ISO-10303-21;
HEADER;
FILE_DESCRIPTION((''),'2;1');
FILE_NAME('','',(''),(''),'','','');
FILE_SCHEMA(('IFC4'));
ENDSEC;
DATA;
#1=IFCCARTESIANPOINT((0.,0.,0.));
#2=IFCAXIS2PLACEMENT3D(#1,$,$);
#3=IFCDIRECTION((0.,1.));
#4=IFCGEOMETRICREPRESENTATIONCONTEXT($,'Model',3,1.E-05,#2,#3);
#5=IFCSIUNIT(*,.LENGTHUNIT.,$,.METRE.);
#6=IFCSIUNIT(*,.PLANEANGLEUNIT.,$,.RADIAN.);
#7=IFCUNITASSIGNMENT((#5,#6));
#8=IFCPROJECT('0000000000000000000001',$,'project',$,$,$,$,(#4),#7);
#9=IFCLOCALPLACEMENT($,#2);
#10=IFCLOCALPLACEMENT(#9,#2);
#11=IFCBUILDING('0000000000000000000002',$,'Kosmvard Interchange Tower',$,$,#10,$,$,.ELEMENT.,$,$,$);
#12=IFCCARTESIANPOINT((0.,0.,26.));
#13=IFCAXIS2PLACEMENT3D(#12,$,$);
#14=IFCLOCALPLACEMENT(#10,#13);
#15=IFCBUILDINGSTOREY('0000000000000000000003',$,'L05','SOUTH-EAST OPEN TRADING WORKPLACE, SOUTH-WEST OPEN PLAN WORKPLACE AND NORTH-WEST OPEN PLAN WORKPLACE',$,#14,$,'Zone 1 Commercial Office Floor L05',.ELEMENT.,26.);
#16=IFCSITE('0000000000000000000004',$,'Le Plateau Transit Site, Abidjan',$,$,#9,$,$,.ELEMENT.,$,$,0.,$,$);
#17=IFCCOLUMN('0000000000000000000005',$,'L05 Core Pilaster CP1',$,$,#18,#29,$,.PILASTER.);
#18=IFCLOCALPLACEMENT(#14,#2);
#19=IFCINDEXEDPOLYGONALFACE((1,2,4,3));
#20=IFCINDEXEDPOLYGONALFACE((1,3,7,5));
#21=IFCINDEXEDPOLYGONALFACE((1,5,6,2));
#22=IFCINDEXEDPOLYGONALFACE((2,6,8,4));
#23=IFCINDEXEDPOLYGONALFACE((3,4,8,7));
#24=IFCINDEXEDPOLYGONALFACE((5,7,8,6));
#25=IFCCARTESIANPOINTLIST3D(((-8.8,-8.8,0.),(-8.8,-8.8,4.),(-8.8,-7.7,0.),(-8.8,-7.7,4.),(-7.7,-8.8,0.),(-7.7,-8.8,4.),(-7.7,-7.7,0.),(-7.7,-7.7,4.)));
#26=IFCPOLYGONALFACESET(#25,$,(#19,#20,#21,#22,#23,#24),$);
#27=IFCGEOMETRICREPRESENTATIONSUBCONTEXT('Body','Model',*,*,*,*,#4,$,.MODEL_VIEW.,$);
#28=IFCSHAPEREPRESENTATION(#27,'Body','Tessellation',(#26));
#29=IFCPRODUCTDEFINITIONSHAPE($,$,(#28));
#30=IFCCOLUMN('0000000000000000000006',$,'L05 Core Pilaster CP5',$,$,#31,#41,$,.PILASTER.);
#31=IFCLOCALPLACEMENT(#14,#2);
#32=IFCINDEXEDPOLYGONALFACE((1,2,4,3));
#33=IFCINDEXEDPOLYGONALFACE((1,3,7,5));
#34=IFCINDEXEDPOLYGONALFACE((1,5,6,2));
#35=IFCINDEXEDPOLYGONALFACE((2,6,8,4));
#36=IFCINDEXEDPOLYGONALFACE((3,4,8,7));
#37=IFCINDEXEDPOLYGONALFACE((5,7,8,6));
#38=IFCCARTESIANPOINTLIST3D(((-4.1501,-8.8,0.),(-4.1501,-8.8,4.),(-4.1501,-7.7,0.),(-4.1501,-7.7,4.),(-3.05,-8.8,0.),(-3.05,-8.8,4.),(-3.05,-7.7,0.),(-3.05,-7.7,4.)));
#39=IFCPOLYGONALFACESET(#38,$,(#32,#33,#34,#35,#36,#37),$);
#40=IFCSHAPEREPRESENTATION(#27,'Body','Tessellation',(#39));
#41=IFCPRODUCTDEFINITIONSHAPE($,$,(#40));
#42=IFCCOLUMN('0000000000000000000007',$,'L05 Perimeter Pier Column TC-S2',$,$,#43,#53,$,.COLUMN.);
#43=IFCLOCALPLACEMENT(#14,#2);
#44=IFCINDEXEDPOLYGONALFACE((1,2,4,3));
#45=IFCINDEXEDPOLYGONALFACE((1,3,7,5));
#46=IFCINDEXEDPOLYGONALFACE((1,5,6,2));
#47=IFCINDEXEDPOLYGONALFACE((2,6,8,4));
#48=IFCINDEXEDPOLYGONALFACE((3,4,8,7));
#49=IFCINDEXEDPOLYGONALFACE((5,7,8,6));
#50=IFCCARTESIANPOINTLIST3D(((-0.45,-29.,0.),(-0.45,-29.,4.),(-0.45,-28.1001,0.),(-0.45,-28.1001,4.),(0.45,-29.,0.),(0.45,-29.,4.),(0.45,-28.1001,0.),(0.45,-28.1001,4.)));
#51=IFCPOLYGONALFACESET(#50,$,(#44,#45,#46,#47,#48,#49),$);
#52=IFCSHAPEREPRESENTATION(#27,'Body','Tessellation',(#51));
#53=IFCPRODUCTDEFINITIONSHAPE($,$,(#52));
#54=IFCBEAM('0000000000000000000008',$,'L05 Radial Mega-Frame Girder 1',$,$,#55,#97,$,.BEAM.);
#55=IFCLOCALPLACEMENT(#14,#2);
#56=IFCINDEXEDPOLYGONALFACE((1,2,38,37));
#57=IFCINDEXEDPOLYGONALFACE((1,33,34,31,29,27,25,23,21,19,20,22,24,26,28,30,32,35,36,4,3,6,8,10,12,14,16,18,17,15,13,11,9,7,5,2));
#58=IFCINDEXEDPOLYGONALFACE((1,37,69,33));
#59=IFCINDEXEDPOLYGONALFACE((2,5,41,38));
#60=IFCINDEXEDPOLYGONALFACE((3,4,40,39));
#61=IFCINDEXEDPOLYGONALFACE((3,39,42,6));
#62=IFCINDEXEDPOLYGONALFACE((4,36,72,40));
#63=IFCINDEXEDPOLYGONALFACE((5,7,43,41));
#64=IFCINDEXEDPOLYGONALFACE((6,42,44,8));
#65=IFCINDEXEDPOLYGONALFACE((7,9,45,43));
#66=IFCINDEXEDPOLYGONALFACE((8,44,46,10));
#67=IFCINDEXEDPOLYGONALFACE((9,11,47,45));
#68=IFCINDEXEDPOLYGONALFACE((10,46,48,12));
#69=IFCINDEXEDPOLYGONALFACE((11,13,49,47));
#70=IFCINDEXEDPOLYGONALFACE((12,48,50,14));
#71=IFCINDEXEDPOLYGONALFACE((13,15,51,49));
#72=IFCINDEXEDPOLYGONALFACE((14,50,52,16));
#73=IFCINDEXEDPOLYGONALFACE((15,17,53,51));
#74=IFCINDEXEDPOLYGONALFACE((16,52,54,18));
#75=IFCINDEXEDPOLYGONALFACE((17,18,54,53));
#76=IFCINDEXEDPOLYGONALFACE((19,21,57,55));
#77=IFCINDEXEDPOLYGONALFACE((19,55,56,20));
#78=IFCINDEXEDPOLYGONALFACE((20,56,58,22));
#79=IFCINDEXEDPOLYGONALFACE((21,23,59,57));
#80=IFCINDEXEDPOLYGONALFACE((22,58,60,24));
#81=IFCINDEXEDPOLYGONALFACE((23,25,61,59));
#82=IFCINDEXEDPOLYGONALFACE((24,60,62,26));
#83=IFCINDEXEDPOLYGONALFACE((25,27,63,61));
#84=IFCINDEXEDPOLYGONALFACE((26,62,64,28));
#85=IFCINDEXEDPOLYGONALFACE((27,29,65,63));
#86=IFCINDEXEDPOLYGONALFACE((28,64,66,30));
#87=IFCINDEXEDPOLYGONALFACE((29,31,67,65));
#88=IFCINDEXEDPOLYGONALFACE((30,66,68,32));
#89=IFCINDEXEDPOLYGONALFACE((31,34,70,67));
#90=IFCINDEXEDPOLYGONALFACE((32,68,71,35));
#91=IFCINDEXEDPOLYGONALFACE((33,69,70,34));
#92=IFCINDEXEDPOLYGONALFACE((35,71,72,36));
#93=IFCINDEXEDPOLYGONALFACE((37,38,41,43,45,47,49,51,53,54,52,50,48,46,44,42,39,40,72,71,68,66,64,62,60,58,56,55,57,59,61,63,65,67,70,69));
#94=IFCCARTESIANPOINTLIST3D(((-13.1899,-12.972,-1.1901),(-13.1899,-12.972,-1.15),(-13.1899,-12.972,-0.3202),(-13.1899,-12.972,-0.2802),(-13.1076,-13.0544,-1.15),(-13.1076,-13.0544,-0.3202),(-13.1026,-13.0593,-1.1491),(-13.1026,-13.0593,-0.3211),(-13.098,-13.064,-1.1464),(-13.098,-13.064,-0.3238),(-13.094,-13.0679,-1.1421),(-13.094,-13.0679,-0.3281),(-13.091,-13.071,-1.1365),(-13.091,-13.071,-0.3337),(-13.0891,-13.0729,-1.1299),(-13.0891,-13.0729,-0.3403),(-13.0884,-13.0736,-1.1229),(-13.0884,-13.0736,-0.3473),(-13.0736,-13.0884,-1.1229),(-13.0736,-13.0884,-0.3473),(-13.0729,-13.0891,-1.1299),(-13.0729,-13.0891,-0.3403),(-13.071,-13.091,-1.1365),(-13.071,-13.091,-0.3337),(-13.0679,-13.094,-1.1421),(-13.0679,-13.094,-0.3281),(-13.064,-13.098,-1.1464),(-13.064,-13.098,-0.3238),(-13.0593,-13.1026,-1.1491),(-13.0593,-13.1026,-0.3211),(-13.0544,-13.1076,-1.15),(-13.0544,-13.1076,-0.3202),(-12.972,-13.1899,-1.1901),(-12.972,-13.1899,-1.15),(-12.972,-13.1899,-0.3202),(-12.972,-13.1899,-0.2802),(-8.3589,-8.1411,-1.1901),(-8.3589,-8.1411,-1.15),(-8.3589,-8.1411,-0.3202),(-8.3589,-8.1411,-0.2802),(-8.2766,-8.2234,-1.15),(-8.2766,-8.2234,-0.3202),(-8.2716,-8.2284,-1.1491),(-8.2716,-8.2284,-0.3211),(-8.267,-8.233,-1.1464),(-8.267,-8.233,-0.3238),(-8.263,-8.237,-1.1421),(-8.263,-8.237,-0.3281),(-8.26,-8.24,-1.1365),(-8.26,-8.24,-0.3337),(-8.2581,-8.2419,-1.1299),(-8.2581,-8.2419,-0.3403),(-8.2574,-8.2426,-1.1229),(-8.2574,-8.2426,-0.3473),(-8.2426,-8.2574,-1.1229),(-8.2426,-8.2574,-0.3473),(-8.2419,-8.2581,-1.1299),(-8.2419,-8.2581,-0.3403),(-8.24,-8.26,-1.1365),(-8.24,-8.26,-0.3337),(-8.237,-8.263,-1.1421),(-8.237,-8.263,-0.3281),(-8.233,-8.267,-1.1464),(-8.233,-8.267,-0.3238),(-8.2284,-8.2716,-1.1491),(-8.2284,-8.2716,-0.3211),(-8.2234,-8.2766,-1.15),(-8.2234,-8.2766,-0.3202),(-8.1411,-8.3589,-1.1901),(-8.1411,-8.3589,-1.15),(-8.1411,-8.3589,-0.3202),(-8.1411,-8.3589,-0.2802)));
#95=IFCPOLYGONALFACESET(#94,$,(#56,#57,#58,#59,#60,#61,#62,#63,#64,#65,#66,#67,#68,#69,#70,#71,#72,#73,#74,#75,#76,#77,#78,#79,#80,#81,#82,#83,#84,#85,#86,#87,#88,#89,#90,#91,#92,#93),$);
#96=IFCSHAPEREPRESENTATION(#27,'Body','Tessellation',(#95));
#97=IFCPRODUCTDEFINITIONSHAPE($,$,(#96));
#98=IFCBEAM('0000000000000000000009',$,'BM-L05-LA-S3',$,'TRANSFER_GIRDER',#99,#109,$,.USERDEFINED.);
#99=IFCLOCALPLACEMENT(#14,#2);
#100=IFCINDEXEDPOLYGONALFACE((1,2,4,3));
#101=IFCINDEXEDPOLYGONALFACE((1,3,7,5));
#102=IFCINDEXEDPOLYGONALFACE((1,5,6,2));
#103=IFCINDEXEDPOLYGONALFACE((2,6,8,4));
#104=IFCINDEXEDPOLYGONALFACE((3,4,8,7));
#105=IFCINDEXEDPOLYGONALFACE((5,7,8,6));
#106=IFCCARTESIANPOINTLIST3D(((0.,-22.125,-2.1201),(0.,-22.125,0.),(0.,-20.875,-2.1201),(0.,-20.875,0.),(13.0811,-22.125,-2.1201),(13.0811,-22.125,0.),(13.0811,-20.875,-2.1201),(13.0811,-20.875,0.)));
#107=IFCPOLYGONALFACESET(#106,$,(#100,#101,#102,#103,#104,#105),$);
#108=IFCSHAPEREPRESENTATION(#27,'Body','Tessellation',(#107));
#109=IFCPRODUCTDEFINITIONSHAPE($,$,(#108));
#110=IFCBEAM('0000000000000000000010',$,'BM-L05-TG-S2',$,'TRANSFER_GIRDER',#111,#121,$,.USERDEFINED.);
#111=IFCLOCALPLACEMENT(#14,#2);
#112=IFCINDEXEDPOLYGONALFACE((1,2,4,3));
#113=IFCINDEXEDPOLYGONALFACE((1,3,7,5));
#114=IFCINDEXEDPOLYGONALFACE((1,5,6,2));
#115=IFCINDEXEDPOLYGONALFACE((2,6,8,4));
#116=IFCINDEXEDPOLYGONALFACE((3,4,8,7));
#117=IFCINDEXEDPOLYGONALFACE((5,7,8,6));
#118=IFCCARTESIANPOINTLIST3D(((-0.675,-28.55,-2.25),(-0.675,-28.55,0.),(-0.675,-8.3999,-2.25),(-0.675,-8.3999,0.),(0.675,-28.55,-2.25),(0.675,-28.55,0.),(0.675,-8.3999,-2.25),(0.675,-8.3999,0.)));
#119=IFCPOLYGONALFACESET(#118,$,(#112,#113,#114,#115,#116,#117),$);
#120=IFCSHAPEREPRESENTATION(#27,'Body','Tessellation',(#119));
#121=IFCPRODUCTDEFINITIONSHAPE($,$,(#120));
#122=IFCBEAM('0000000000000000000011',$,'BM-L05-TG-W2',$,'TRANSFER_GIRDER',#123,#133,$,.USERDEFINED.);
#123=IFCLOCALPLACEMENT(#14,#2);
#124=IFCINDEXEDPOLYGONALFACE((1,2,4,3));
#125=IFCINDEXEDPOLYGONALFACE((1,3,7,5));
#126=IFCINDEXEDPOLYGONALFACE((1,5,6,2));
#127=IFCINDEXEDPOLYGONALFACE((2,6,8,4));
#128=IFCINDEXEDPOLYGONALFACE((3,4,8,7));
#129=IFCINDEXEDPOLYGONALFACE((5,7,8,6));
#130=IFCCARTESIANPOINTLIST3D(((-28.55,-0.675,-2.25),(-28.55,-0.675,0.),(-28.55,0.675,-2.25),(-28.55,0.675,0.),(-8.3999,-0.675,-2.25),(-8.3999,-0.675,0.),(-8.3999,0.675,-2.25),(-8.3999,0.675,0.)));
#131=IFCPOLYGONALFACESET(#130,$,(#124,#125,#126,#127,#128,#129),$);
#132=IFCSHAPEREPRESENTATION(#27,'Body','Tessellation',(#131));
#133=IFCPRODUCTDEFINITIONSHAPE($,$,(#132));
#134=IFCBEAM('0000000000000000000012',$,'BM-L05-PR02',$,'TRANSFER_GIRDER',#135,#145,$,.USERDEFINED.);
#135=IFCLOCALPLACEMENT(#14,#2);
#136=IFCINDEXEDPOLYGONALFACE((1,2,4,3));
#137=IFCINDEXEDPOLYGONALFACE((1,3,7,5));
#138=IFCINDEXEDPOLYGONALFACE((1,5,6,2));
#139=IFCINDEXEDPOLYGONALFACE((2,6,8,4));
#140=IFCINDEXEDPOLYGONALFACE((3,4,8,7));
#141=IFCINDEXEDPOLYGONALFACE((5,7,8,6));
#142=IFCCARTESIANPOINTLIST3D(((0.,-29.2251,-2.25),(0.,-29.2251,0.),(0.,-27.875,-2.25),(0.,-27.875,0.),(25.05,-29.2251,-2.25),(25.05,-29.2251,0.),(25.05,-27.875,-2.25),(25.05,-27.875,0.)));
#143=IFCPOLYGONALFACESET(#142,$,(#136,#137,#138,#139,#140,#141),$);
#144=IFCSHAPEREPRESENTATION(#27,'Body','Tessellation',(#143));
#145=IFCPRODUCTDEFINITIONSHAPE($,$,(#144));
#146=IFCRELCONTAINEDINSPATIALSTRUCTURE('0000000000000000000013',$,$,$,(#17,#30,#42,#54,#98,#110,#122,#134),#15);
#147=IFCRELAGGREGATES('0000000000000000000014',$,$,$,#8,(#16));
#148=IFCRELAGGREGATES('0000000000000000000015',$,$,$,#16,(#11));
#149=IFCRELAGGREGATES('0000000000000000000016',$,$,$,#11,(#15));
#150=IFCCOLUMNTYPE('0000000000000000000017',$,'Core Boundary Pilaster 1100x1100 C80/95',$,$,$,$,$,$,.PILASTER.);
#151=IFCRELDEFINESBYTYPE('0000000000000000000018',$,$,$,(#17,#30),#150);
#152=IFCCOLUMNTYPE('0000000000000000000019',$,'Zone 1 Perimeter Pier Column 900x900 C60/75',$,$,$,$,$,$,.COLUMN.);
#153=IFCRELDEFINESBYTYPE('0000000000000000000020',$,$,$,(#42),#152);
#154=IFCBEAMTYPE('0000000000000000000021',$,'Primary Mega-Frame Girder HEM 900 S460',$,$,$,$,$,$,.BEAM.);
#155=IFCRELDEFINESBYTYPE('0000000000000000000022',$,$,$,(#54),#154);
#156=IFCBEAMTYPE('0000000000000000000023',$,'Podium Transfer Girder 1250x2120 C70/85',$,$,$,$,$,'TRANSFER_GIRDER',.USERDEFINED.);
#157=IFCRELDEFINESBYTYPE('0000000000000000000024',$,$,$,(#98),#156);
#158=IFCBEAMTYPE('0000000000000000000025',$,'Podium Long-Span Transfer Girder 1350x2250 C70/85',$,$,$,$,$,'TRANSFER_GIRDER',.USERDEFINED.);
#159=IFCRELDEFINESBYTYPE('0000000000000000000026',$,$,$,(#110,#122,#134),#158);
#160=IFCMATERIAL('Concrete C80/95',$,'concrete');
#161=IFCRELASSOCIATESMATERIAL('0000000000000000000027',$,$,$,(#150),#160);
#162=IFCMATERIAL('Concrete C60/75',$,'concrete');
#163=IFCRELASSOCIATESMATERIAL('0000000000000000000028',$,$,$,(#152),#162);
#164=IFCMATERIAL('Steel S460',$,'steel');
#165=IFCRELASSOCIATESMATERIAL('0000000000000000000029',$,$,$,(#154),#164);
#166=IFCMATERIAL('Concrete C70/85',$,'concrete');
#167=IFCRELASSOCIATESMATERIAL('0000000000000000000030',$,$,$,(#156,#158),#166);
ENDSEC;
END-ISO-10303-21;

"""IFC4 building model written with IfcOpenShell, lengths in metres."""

from ifc_helpers import new_model, si_unit, direction, frame, origin, origin_2d, place, context, subcontext, project, spatial, rectangle, i_section, extrude, source, transform, mapped, material, material_profile, profile_set, type_object, element, save


model = new_model("IFC4")

# Units and contexts
model_context = context("Model", 3, precision=1e-05, world=origin(), true_north=direction((0.0, 1.0)))
body_context = subcontext(model_context, "Body", "Model", "MODEL_VIEW")
ifc_project = project(units=[si_unit("LENGTHUNIT", "METRE"), si_unit("PLANEANGLEUNIT", "RADIAN")], contexts=[model_context])

# Site, building, storey
site_placement = place(None, origin())
site = spatial("IfcSite", under=ifc_project, at=site_placement, Name="Le Plateau Transit Site, Abidjan", CompositionType="ELEMENT", RefElevation=0.0)
building_placement = place(site_placement, origin())
building = spatial("IfcBuilding", under=site, at=building_placement, Name="Kosmvard Interchange Tower", CompositionType="ELEMENT")
storey_placement = place(building_placement, frame((0.0, 0.0, 26.0)))
storey = spatial("IfcBuildingStorey", under=building, at=storey_placement, Name="L05", Description="SOUTH-EAST OPEN TRADING WORKPLACE, SOUTH-WEST OPEN PLAN WORKPLACE AND NORTH-WEST OPEN PLAN WORKPLACE", LongName="Zone 1 Commercial Office Floor L05", CompositionType="ELEMENT", Elevation=26.0)

# Columns
ifc_material_1 = material(Name="Concrete C80/95", Category="concrete")
ifc_material_profile_1 = material_profile(ifc_material_1, rectangle(XDim=1.1001, YDim=1.1001, at=origin_2d()), Name="CP 1100x1100")
ifc_profile_set_1 = profile_set([ifc_material_profile_1], Name="Concrete C80/95")
column_type_1 = type_object("IfcColumnType", Name="Core Boundary Pilaster 1100x1100 C80/95", PredefinedType="PILASTER", material=ifc_profile_set_1)
shared_shape_1 = source(origin(), body_context, "Body", "SweptSolid", [
    extrude(rectangle(XDim=1.1001, YDim=1.1001, at=origin_2d()), origin(), (0.0, 0.0, 1.0), 4.0),
])
for number, where, z_axis, x_axis, name in (
    (1, (-8.25, -8.25, 0.0), (0.0, 0.0, 1.0), (1.0, 0.0, 0.0), "L05 Core Pilaster CP1"),
    (2, (-3.6001, -8.25, 0.0), (0.0, 0.0, 1.0), (1.0, 0.0, 0.0), "L05 Core Pilaster CP5"),
):
    element("IfcColumn", number, at=place(storey_placement, frame(where, z_axis=z_axis, x_axis=x_axis)), inside=storey, type_object=column_type_1, Name=name, PredefinedType="PILASTER", context=body_context, shape_type="MappedRepresentation", body=[
        mapped(shared_shape_1, transform((0.0, 0.0, 0.0), scale=1.0)),
    ])
ifc_material_2 = material(Name="Concrete C60/75", Category="concrete")
ifc_material_profile_2 = material_profile(ifc_material_2, rectangle(XDim=0.8999, YDim=0.8999, at=origin_2d()), Name="TC 900x900")
ifc_profile_set_2 = profile_set([ifc_material_profile_2], Name="Concrete C60/75")
column_type_2 = type_object("IfcColumnType", Name="Zone 1 Perimeter Pier Column 900x900 C60/75", PredefinedType="COLUMN", material=ifc_profile_set_2)
shared_shape_2 = source(origin(), body_context, "Body", "SweptSolid", [
    extrude(rectangle(XDim=0.8999, YDim=0.8999, at=origin_2d()), origin(), (0.0, 0.0, 1.0), 4.0),
])
column_placement = place(storey_placement, frame((0.0, -28.55, 0.0), z_axis=(0.0, 0.0, 1.0), x_axis=(1.0, 0.0, 0.0)))
element("IfcColumn", 3, at=column_placement, inside=storey, type_object=column_type_2, Name="L05 Perimeter Pier Column TC-S2", PredefinedType="COLUMN", context=body_context, shape_type="MappedRepresentation", body=[
    mapped(shared_shape_2, transform((0.0, 0.0, 0.0), scale=1.0)),
])

# Beams
ifc_material_3 = material(Name="Steel S460", Category="steel")
ifc_material_profile_3 = material_profile(ifc_material_3, i_section(OverallWidth=0.3081, OverallDepth=0.9099, WebThickness=0.021, FlangeThickness=0.04, FilletRadius=0.0271, at=origin_2d()), Name="HEM 900")
ifc_profile_set_3 = profile_set([ifc_material_profile_3], Name="Steel S460")
beam_type_1 = type_object("IfcBeamType", Name="Primary Mega-Frame Girder HEM 900 S460", PredefinedType="BEAM", material=ifc_profile_set_3)
shared_shape_3 = source(origin(), body_context, "Body", "SweptSolid", [
    extrude(i_section(OverallWidth=0.3081, OverallDepth=0.9099, WebThickness=0.021, FlangeThickness=0.04, FilletRadius=0.0271, at=origin_2d()), origin(), (0.0, 0.0, 1.0), 6.832),
])
beam_1_placement = place(storey_placement, frame((-8.25, -8.25, -0.7351), z_axis=(-0.707107, -0.707107, 0.0), x_axis=(0.707107, -0.707107, 0.0)))
element("IfcBeam", 4, at=beam_1_placement, inside=storey, type_object=beam_type_1, Name="L05 Radial Mega-Frame Girder 1", PredefinedType="BEAM", context=body_context, shape_type="MappedRepresentation", body=[
    mapped(shared_shape_3, transform((0.0, 0.0, 0.0), scale=1.0)),
])
ifc_material_4 = material(Name="Concrete C70/85", Category="concrete")
ifc_material_profile_4 = material_profile(ifc_material_4, rectangle(XDim=1.25, YDim=2.1201, at=origin_2d()), Name="TG 1250x2120")
ifc_profile_set_4 = profile_set([ifc_material_profile_4], Name="Concrete C70/85")
beam_type_2 = type_object("IfcBeamType", Name="Podium Transfer Girder 1250x2120 C70/85", ElementType="TRANSFER_GIRDER", PredefinedType="USERDEFINED", material=ifc_profile_set_4)
shared_shape_4 = source(origin(), body_context, "Body", "SweptSolid", [
    extrude(rectangle(XDim=1.25, YDim=2.1201, at=origin_2d()), origin(), (0.0, 0.0, 1.0), 13.0811),
])
beam_2_placement = place(storey_placement, frame((0.0, -21.5, -1.0601), z_axis=(1.0, 0.0, 0.0), x_axis=(0.0, 1.0, 0.0)))
element("IfcBeam", 5, at=beam_2_placement, inside=storey, type_object=beam_type_2, Name="BM-L05-LA-S3", ObjectType="TRANSFER_GIRDER", PredefinedType="USERDEFINED", context=body_context, shape_type="MappedRepresentation", body=[
    mapped(shared_shape_4, transform((0.0, 0.0, 0.0), scale=1.0)),
])
ifc_material_profile_5 = material_profile(ifc_material_4, rectangle(XDim=1.3501, YDim=2.25, at=origin_2d()), Name="TG 1350x2250")
ifc_profile_set_5 = profile_set([ifc_material_profile_5], Name="Concrete C70/85")
beam_type_3 = type_object("IfcBeamType", Name="Podium Long-Span Transfer Girder 1350x2250 C70/85", ElementType="TRANSFER_GIRDER", PredefinedType="USERDEFINED", material=ifc_profile_set_5)
shared_shape_5 = source(origin(), body_context, "Body", "SweptSolid", [
    extrude(rectangle(XDim=1.3501, YDim=2.25, at=origin_2d()), origin(), (0.0, 0.0, 1.0), 20.1501),
])
for number, where, z_axis, x_axis, name in (
    (6, (0.0, -8.3999, -1.125), (0.0, -1.0, 0.0), (1.0, 0.0, 0.0), "BM-L05-TG-S2"),
    (7, (-8.3999, 0.0, -1.125), (-1.0, 0.0, 0.0), (0.0, -1.0, 0.0), "BM-L05-TG-W2"),
):
    element("IfcBeam", number, at=place(storey_placement, frame(where, z_axis=z_axis, x_axis=x_axis)), inside=storey, type_object=beam_type_3, Name=name, ObjectType="TRANSFER_GIRDER", PredefinedType="USERDEFINED", context=body_context, shape_type="MappedRepresentation", body=[
        mapped(shared_shape_5, transform((0.0, 0.0, 0.0), scale=1.0)),
    ])
shared_shape_6 = source(origin(), body_context, "Body", "SweptSolid", [
    extrude(rectangle(XDim=1.3501, YDim=2.25, at=origin_2d()), origin(), (0.0, 0.0, 1.0), 25.05),
])
beam_3_placement = place(storey_placement, frame((0.0, -28.55, -1.125), z_axis=(1.0, 0.0, 0.0), x_axis=(0.0, 1.0, 0.0)))
element("IfcBeam", 8, at=beam_3_placement, inside=storey, type_object=beam_type_3, Name="BM-L05-PR02", ObjectType="TRANSFER_GIRDER", PredefinedType="USERDEFINED", context=body_context, shape_type="MappedRepresentation", body=[
    mapped(shared_shape_6, transform((0.0, 0.0, 0.0), scale=1.0)),
])

save(model, "model.ifc")
